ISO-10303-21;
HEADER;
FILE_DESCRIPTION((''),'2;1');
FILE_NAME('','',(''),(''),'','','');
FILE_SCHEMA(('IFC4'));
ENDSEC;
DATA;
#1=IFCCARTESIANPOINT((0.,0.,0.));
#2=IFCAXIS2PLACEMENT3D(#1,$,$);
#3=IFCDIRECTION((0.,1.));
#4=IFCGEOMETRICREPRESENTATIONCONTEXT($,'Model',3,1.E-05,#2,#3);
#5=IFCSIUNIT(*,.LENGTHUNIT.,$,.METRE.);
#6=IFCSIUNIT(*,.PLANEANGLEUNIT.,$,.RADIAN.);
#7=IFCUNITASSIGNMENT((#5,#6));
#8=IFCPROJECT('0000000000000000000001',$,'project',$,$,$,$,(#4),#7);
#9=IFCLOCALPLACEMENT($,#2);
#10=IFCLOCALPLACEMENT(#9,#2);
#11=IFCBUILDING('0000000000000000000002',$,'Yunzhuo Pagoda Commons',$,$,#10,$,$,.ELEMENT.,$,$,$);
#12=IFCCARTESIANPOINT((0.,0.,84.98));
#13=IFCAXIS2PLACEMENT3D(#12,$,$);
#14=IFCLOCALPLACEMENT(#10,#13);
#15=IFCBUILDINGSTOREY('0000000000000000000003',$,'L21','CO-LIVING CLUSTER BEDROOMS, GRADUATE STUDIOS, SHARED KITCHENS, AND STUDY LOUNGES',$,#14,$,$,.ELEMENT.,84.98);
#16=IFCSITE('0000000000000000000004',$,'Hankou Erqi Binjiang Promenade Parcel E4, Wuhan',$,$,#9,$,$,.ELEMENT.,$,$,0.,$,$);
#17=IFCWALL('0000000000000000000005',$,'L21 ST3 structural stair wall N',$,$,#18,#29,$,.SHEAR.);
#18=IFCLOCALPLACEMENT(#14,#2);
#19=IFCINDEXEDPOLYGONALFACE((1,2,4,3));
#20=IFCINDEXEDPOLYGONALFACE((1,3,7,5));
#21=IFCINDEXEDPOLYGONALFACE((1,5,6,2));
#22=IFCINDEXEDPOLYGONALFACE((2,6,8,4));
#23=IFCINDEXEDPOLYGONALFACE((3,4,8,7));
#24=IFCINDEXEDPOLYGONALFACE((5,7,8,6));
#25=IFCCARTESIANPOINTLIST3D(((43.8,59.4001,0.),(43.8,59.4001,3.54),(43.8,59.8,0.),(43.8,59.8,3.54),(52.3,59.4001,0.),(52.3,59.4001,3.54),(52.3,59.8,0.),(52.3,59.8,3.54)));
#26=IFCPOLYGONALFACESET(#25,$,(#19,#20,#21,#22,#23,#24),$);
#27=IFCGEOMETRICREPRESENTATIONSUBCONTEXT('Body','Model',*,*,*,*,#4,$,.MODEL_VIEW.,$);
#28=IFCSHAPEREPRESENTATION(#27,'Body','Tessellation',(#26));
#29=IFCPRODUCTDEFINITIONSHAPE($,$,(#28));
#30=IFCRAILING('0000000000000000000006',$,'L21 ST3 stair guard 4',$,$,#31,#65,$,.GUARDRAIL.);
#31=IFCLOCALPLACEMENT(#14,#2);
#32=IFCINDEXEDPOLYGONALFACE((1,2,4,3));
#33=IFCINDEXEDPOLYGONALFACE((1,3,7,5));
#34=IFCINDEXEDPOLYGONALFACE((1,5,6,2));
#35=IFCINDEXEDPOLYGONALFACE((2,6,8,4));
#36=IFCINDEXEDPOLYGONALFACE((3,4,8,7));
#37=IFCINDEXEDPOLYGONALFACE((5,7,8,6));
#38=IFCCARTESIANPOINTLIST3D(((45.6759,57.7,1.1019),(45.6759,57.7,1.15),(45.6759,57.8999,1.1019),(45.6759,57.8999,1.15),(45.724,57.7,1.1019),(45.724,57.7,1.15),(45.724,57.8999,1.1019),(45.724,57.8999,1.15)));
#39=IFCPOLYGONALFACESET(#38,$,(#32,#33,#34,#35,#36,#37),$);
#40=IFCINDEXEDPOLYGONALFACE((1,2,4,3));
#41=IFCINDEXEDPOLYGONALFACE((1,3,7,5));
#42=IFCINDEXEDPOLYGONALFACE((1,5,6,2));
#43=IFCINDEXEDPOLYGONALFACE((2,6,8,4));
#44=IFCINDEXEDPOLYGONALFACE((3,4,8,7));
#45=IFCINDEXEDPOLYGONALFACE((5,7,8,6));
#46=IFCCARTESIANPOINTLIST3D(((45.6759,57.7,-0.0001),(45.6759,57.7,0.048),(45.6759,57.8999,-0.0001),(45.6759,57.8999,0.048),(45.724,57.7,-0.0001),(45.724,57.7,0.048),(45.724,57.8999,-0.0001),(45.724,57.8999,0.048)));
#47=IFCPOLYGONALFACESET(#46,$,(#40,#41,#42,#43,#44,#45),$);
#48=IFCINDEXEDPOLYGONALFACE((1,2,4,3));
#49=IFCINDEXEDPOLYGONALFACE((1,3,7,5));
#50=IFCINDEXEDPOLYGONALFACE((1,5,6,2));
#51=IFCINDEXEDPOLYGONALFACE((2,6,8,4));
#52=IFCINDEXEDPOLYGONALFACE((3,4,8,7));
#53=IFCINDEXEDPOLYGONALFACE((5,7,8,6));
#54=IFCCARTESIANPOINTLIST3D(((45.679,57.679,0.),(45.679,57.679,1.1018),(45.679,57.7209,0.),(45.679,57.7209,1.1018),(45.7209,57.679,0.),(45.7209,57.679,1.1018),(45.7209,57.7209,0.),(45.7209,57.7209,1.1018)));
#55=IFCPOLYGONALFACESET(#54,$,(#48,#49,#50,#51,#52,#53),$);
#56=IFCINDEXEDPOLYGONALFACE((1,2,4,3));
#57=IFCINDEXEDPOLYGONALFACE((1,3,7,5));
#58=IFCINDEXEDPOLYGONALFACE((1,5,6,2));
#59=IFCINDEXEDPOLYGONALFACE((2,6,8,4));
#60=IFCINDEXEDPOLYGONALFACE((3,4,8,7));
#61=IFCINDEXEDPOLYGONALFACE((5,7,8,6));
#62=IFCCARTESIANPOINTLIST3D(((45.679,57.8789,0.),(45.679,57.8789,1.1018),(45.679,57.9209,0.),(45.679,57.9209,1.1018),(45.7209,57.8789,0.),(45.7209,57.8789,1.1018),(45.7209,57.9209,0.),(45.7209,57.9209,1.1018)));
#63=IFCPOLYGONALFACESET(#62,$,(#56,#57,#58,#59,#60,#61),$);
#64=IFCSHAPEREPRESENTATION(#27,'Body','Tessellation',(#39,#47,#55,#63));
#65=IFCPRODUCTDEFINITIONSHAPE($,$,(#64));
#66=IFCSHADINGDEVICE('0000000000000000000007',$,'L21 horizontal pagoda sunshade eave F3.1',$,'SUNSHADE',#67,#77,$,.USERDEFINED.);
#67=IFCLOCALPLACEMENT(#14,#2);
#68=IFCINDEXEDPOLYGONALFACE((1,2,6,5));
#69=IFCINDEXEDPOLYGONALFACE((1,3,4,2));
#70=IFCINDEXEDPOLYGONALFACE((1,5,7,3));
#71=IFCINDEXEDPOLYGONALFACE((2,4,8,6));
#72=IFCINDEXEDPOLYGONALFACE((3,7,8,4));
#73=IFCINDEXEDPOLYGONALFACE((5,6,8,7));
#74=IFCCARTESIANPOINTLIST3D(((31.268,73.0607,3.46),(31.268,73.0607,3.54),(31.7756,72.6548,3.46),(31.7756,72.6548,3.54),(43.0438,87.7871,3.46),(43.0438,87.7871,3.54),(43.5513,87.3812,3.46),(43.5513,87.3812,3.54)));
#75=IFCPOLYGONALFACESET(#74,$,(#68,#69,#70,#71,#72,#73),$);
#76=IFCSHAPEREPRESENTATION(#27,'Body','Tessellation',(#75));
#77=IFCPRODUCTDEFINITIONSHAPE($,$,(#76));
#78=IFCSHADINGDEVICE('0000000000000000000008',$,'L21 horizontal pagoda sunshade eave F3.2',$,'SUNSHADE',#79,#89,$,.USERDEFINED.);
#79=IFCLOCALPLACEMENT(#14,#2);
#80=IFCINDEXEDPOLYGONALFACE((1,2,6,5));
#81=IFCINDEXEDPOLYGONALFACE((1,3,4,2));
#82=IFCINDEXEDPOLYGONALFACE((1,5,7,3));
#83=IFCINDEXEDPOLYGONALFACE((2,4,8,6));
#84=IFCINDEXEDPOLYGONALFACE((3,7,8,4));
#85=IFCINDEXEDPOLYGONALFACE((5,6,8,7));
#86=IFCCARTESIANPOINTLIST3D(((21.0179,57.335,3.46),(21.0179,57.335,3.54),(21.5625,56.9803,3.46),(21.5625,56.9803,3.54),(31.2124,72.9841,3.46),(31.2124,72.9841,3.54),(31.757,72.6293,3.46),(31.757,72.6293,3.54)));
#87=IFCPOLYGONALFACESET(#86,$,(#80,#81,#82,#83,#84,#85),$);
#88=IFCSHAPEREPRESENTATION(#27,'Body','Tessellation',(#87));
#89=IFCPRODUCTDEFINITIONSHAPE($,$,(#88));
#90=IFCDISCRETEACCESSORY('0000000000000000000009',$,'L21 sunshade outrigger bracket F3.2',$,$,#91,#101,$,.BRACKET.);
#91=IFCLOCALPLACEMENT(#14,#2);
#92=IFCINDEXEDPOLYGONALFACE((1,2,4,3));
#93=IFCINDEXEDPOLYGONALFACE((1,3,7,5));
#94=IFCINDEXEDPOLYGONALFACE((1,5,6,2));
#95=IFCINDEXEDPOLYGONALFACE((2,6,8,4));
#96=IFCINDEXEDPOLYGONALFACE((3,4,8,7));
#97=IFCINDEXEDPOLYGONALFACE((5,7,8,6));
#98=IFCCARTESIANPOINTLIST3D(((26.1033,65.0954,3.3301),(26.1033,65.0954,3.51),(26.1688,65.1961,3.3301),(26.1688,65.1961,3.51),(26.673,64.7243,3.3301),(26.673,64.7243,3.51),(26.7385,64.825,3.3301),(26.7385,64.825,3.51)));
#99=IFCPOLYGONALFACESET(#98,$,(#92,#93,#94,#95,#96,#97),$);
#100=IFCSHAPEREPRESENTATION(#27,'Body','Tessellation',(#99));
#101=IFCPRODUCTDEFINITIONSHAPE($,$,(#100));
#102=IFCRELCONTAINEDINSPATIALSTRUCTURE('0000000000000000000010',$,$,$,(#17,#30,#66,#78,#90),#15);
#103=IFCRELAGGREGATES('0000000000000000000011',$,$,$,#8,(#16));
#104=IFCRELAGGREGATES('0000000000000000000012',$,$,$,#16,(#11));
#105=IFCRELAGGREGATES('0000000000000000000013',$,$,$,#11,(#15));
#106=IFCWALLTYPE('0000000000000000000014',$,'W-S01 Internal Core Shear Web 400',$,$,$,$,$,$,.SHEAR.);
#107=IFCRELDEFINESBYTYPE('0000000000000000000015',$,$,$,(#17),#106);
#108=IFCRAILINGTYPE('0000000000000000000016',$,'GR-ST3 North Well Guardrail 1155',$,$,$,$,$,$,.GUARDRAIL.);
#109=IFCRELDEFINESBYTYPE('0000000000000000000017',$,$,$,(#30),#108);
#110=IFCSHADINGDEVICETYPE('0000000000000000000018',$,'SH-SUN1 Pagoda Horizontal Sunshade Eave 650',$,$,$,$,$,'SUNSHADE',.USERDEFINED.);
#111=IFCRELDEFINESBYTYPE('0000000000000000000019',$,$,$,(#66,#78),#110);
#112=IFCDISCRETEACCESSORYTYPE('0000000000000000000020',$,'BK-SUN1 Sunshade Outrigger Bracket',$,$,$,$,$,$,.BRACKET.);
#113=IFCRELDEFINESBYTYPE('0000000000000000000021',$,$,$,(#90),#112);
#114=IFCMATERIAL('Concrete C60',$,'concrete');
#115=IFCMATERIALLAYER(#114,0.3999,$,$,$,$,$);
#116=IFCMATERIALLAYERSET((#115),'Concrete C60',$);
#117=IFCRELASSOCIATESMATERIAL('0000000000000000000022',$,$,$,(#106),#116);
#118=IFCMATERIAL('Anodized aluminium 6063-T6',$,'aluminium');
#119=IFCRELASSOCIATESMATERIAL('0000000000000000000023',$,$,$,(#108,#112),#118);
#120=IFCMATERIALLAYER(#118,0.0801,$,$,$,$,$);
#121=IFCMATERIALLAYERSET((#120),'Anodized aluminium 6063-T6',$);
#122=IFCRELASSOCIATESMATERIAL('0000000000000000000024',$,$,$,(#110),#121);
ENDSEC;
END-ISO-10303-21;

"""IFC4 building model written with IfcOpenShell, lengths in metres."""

from ifc_helpers import new_model, si_unit, direction, frame, frame_2d, origin, origin_2d, place, context, subcontext, project, spatial, rectangle, extrude, source, transform, mapped, material, layer, layer_set, type_object, element, save


model = new_model("IFC4")

# Units and contexts
model_context = context("Model", 3, precision=1e-05, world=origin(), true_north=direction((0.0, 1.0)))
body_context = subcontext(model_context, "Body", "Model", "MODEL_VIEW")
ifc_project = project(units=[si_unit("LENGTHUNIT", "METRE"), si_unit("PLANEANGLEUNIT", "RADIAN")], contexts=[model_context])

# Site, building, storey
site_placement = place(None, origin())
site = spatial("IfcSite", under=ifc_project, at=site_placement, Name="Hankou Erqi Binjiang Promenade Parcel E4, Wuhan", CompositionType="ELEMENT", RefElevation=0.0)
building_placement = place(site_placement, origin())
building = spatial("IfcBuilding", under=site, at=building_placement, Name="Yunzhuo Pagoda Commons", CompositionType="ELEMENT")
storey_placement = place(building_placement, frame((0.0, 0.0, 84.98)))
storey = spatial("IfcBuildingStorey", under=building, at=storey_placement, Name="L21", Description="CO-LIVING CLUSTER BEDROOMS, GRADUATE STUDIOS, SHARED KITCHENS, AND STUDY LOUNGES", CompositionType="ELEMENT", Elevation=84.98)

# Shared definitions
ifc_material_1 = material(Name="Anodized aluminium 6063-T6", Category="aluminium")

# Wall
ifc_material_2 = material(Name="Concrete C60", Category="concrete")
ifc_layer_1 = layer(ifc_material_2, 0.3999)
ifc_layer_set_1 = layer_set([ifc_layer_1], Name="Concrete C60")
wall_type = type_object("IfcWallType", Name="W-S01 Internal Core Shear Web 400", PredefinedType="SHEAR", material=ifc_layer_set_1)
wall_placement = place(storey_placement, frame((43.8, 59.6001, 0.0), z_axis=(0.0, 0.0, 1.0), x_axis=(1.0, 0.0, 0.0)))
element("IfcWall", 1, at=wall_placement, inside=storey, type_object=wall_type, Name="L21 ST3 structural stair wall N", PredefinedType="SHEAR", context=body_context, shape_type="SweptSolid", body=[
    extrude(rectangle(XDim=8.5, YDim=0.3999, at=frame_2d((4.25, 0.0))), origin(), (0.0, 0.0, 1.0), 3.54),
])

# Railing
railing_type = type_object("IfcRailingType", Name="GR-ST3 North Well Guardrail 1155", PredefinedType="GUARDRAIL", material=ifc_material_1)
railing_placement = place(storey_placement, frame((45.7, 57.7, 0.0)))
element("IfcRailing", 2, at=railing_placement, inside=storey, type_object=railing_type, Name="L21 ST3 stair guard 4", PredefinedType="GUARDRAIL", context=body_context, shape_type="SweptSolid", body=[
    extrude(rectangle(XDim=0.0481, YDim=0.0481, at=origin_2d()), frame((0.0, 0.0, 1.126), z_axis=(0.0, 1.0, 0.0), x_axis=(-1.0, 0.0, 0.0)), (0.0, 0.0, 1.0), 0.2),
    extrude(rectangle(XDim=0.0481, YDim=0.0481, at=origin_2d()), frame((0.0, 0.0, 0.0239), z_axis=(0.0, 1.0, 0.0), x_axis=(-1.0, 0.0, 0.0)), (0.0, 0.0, 1.0), 0.2),
    extrude(rectangle(XDim=0.042, YDim=0.042, at=origin_2d()), origin(), (0.0, 0.0, 1.0), 1.1018),
    extrude(rectangle(XDim=0.042, YDim=0.042, at=origin_2d()), frame((0.0, 0.2, 0.0)), (0.0, 0.0, 1.0), 1.1018),
])

# Shading devices
ifc_layer_2 = layer(ifc_material_1, 0.0801)
ifc_layer_set_2 = layer_set([ifc_layer_2], Name="Anodized aluminium 6063-T6")
shading_device_type = type_object("IfcShadingDeviceType", Name="SH-SUN1 Pagoda Horizontal Sunshade Eave 650", ElementType="SUNSHADE", PredefinedType="USERDEFINED", material=ifc_layer_set_2)
shared_shape_1 = source(origin(), body_context, "Body", "SweptSolid", [
    extrude(rectangle(XDim=18.8557, YDim=0.6499, at=origin_2d()), origin(), (0.0, 0.0, 1.0), 0.0801),
])
shading_device_1_placement = place(storey_placement, frame((37.4097, 80.2209, 3.46), z_axis=(0.0, 0.0, 1.0), x_axis=(-0.62452, -0.781008, 0.0)))
element("IfcShadingDevice", 3, at=shading_device_1_placement, inside=storey, type_object=shading_device_type, Name="L21 horizontal pagoda sunshade eave F3.1", ObjectType="SUNSHADE", PredefinedType="USERDEFINED", context=body_context, shape_type="MappedRepresentation", body=[
    mapped(shared_shape_1, transform((0.0, 0.0, 0.0), scale=1.0)),
])
shared_shape_2 = source(origin(), body_context, "Body", "SweptSolid", [
    extrude(rectangle(XDim=18.6768, YDim=0.6499, at=origin_2d()), origin(), (0.0, 0.0, 1.0), 0.0801),
])
shading_device_2_placement = place(storey_placement, frame((26.3875, 64.9822, 3.46), z_axis=(0.0, 0.0, 1.0), x_axis=(-0.545839, -0.83789, 0.0)))
element("IfcShadingDevice", 4, at=shading_device_2_placement, inside=storey, type_object=shading_device_type, Name="L21 horizontal pagoda sunshade eave F3.2", ObjectType="SUNSHADE", PredefinedType="USERDEFINED", context=body_context, shape_type="MappedRepresentation", body=[
    mapped(shared_shape_2, transform((0.0, 0.0, 0.0), scale=1.0)),
])

# Discrete accessory
discrete_accessory_type = type_object("IfcDiscreteAccessoryType", Name="BK-SUN1 Sunshade Outrigger Bracket", PredefinedType="BRACKET", material=ifc_material_1)
shared_shape_3 = source(origin(), body_context, "Body", "SweptSolid", [
    extrude(rectangle(XDim=0.1201, YDim=0.6799, at=origin_2d()), origin(), (0.0, 0.0, 1.0), 0.1799),
])
discrete_accessory_placement = place(storey_placement, frame((26.4209, 64.9602, 3.3301), z_axis=(0.0, 0.0, 1.0), x_axis=(-0.545839, -0.83789, 0.0)))
element("IfcDiscreteAccessory", 5, at=discrete_accessory_placement, inside=storey, type_object=discrete_accessory_type, Name="L21 sunshade outrigger bracket F3.2", PredefinedType="BRACKET", context=body_context, shape_type="MappedRepresentation", body=[
    mapped(shared_shape_3, transform((0.0, 0.0, 0.0), scale=1.0)),
])

save(model, "model.ifc")
